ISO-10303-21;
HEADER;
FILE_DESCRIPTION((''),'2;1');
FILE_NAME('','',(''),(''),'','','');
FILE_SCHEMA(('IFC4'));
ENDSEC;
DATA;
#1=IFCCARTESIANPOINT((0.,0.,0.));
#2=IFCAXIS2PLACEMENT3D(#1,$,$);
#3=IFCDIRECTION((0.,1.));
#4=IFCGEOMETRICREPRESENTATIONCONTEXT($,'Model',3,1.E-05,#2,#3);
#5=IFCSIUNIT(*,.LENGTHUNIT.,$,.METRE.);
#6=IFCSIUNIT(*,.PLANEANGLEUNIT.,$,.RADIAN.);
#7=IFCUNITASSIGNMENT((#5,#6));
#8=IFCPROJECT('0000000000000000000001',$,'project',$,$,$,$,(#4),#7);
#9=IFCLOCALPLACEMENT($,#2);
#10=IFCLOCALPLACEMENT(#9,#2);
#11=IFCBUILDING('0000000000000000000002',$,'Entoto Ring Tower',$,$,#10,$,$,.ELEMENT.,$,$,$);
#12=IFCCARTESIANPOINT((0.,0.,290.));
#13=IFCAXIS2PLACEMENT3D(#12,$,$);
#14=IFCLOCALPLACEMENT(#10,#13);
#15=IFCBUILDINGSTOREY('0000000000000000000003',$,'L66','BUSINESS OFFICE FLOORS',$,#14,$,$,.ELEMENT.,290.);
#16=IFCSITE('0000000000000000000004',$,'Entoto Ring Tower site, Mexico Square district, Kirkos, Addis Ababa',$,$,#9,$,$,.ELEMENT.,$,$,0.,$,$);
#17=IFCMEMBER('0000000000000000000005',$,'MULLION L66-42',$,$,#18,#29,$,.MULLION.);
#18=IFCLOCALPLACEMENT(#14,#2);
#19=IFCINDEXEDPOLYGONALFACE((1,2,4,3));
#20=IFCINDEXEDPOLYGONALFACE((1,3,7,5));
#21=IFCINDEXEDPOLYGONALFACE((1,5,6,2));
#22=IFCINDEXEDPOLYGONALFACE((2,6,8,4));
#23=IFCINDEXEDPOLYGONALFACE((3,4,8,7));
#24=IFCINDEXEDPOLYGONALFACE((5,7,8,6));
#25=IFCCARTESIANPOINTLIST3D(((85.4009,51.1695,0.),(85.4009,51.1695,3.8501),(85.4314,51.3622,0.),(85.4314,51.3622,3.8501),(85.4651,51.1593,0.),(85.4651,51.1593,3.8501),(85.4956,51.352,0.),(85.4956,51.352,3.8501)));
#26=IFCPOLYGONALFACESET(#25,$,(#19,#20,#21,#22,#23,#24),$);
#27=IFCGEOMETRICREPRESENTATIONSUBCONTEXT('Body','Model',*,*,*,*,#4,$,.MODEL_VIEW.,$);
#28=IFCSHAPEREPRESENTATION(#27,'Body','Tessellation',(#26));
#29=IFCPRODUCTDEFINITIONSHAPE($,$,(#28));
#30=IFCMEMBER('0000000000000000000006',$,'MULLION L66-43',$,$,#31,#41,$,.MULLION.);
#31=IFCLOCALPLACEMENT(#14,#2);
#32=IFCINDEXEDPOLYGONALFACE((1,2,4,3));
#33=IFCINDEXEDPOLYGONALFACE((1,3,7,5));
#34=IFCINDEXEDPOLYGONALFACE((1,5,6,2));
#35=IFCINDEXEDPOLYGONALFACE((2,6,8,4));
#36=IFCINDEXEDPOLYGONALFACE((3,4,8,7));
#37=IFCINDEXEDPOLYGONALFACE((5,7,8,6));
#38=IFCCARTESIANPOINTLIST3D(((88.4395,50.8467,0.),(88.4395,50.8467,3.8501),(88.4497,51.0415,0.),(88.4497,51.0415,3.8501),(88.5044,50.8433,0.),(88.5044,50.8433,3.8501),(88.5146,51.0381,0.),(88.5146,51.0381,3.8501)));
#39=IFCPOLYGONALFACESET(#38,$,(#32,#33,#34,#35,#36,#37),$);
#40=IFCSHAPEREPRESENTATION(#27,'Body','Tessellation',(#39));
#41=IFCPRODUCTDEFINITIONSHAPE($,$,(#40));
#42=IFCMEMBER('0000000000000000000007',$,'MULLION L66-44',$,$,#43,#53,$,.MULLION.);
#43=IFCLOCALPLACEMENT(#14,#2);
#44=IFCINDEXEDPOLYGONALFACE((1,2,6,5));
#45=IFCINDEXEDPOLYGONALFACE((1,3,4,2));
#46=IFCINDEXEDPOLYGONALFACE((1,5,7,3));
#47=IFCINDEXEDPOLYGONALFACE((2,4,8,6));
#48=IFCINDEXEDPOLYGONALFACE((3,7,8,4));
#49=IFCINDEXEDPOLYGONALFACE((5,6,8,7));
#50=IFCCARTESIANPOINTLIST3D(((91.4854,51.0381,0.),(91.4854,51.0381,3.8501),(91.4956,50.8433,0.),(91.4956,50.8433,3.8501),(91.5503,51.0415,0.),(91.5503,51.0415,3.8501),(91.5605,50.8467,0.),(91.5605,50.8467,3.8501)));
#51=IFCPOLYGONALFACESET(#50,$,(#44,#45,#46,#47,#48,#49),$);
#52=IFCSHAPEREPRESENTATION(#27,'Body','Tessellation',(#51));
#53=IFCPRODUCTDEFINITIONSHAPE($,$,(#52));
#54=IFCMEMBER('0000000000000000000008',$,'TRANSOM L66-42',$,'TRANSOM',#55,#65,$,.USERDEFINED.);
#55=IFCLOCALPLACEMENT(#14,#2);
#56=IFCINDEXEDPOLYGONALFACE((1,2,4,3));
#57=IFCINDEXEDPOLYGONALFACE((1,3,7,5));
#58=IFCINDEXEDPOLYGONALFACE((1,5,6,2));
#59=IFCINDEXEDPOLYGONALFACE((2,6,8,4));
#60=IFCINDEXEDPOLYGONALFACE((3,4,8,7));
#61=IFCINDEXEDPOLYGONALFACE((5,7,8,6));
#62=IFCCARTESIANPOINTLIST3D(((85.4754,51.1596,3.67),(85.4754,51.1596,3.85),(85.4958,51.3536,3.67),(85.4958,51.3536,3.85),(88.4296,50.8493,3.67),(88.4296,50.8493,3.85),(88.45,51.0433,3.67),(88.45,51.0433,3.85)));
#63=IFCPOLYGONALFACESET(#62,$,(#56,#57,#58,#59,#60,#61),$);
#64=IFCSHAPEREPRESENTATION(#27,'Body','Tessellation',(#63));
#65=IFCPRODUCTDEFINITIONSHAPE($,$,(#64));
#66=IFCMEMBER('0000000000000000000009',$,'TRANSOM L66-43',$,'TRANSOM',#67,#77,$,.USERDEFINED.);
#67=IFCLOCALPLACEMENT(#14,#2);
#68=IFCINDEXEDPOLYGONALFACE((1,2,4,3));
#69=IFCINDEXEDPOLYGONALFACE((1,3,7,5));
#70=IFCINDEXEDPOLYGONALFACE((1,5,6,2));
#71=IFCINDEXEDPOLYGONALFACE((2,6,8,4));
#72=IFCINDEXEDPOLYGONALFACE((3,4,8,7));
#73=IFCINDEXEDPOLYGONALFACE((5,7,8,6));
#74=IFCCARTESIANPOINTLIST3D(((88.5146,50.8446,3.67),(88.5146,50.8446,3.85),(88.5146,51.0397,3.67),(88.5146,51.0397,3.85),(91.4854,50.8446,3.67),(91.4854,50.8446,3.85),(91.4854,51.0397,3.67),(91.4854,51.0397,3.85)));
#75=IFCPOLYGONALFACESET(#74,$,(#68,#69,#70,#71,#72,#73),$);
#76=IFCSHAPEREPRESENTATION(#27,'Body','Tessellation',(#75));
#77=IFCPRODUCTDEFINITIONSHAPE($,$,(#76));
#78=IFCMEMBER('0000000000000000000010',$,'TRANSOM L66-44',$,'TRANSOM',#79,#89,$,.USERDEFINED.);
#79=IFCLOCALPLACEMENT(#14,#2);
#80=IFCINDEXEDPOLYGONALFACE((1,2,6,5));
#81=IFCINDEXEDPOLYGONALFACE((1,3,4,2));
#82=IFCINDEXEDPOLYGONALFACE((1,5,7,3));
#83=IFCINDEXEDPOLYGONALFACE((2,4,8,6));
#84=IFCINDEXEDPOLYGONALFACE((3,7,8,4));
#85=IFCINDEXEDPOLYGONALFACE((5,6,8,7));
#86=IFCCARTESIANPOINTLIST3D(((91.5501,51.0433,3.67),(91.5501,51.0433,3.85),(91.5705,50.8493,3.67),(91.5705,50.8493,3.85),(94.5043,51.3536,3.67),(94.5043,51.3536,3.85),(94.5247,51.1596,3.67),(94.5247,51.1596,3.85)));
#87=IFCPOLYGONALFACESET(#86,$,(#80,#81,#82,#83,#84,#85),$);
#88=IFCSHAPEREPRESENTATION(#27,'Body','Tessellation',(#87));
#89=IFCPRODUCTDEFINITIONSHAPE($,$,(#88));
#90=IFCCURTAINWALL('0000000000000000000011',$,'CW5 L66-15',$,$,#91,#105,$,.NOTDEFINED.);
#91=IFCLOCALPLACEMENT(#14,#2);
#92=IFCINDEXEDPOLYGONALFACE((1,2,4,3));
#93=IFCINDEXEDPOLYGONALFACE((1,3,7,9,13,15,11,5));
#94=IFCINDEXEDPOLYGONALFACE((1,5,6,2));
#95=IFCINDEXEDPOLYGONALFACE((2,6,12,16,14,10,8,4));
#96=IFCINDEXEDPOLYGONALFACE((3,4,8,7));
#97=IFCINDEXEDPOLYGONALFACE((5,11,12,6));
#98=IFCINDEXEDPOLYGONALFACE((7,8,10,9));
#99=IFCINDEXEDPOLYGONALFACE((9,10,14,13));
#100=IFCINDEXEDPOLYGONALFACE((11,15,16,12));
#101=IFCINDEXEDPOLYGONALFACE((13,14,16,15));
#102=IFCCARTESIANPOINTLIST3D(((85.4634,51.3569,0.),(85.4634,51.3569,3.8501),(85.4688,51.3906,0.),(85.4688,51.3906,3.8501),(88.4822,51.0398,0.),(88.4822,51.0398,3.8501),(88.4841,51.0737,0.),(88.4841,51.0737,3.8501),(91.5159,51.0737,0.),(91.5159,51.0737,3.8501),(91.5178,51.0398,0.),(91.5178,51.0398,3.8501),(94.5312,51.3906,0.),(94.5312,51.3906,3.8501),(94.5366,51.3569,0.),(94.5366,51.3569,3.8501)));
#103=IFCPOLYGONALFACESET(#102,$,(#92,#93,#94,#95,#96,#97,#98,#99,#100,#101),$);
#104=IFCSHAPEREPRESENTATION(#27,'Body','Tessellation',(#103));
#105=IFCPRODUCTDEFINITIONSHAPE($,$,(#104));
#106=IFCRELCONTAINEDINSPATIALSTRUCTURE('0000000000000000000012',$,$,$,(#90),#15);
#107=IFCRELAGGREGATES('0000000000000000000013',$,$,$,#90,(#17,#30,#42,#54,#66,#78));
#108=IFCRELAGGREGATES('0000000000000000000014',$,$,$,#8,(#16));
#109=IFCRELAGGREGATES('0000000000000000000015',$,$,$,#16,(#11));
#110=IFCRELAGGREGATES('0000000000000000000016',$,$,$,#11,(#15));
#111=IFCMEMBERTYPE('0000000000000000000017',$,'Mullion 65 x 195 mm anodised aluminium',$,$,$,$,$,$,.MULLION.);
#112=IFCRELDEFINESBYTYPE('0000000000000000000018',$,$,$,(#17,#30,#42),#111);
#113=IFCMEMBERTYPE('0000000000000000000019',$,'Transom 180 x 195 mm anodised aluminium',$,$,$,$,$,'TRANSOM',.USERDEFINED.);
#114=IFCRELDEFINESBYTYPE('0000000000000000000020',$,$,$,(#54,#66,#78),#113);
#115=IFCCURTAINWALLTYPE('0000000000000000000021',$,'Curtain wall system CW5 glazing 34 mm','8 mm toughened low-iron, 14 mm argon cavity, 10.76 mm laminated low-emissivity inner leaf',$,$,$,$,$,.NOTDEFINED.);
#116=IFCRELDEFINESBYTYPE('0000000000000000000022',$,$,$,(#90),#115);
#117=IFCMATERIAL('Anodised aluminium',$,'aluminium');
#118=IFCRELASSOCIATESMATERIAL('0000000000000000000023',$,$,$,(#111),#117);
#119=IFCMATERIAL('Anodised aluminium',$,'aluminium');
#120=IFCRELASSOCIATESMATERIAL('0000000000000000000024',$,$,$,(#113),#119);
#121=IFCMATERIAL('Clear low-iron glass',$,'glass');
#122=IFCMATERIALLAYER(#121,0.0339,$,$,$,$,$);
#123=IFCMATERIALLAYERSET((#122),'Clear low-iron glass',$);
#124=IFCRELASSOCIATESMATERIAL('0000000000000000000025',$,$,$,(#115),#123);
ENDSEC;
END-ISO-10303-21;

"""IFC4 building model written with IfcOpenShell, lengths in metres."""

from ifc_helpers import new_model, si_unit, direction, frame, origin, origin_2d, place, context, subcontext, project, spatial, polyline, rectangle, outline, extrude, material, layer, layer_set, material_profile, profile_set, type_object, element, aggregate, save


model = new_model("IFC4")

# Units and contexts
model_context = context("Model", 3, precision=1e-05, world=origin(), true_north=direction((0.0, 1.0)))
body_context = subcontext(model_context, "Body", "Model", "MODEL_VIEW")
ifc_project = project(units=[si_unit("LENGTHUNIT", "METRE"), si_unit("PLANEANGLEUNIT", "RADIAN")], contexts=[model_context])

# Members
ifc_material_1 = material(Name="Anodised aluminium", Category="aluminium")
ifc_material_profile_1 = material_profile(ifc_material_1, rectangle(XDim=0.0649, YDim=0.1951, at=origin_2d()), Name="Mullion 65 x 195 mm anodised aluminium")
ifc_profile_set_1 = profile_set([ifc_material_profile_1], Name="Anodised aluminium")
member_type_1 = type_object("IfcMemberType", Name="Mullion 65 x 195 mm anodised aluminium", PredefinedType="MULLION", material=ifc_profile_set_1)
site_placement = place(None, origin())
building_placement = place(site_placement, origin())
storey_placement = place(building_placement, frame((0.0, 0.0, 290.0)))
member_1_placement = place(storey_placement, frame((85.4482, 51.2607, 0.0), z_axis=(0.0, 0.0, 1.0), x_axis=(0.987688, -0.156434, 0.0)))
member_1 = element("IfcMember", 1, at=member_1_placement, type_object=member_type_1, Name="MULLION L66-42", PredefinedType="MULLION", context=body_context, shape_type="SweptSolid", body=[
    extrude(rectangle(XDim=0.0649, YDim=0.1951, at=origin_2d()), origin(), (0.0, 0.0, 1.0), 3.8501),
])
member_2_placement = place(storey_placement, frame((88.4771, 50.9424, 0.0), z_axis=(0.0, 0.0, 1.0), x_axis=(0.99863, -0.052336, 0.0)))
member_2 = element("IfcMember", 2, at=member_2_placement, type_object=member_type_1, Name="MULLION L66-43", PredefinedType="MULLION", context=body_context, shape_type="SweptSolid", body=[
    extrude(rectangle(XDim=0.0649, YDim=0.1951, at=origin_2d()), origin(), (0.0, 0.0, 1.0), 3.8501),
])
member_3_placement = place(storey_placement, frame((91.5229, 50.9424, 0.0), z_axis=(0.0, 0.0, 1.0), x_axis=(0.99863, 0.052336, 0.0)))
member_3 = element("IfcMember", 3, at=member_3_placement, type_object=member_type_1, Name="MULLION L66-44", PredefinedType="MULLION", context=body_context, shape_type="SweptSolid", body=[
    extrude(rectangle(XDim=0.0649, YDim=0.1951, at=origin_2d()), origin(), (0.0, 0.0, 1.0), 3.8501),
])
ifc_material_2 = material(Name="Anodised aluminium", Category="aluminium")
ifc_material_profile_2 = material_profile(ifc_material_2, rectangle(XDim=0.1951, YDim=0.1799, at=origin_2d()), Name="Transom 180 x 195 mm anodised aluminium")
ifc_profile_set_2 = profile_set([ifc_material_profile_2], Name="Anodised aluminium")
member_type_2 = type_object("IfcMemberType", Name="Transom 180 x 195 mm anodised aluminium", ElementType="TRANSOM", PredefinedType="USERDEFINED", material=ifc_profile_set_2)
member_4_placement = place(storey_placement, frame((85.4856, 51.2566, 3.76), z_axis=(0.994528, -0.104467, 0.0), x_axis=(0.104467, 0.994528, 0.0)))
member_4 = element("IfcMember", 4, at=member_4_placement, type_object=member_type_2, Name="TRANSOM L66-42", ObjectType="TRANSOM", PredefinedType="USERDEFINED", context=body_context, shape_type="SweptSolid", body=[
    extrude(rectangle(XDim=0.1951, YDim=0.1799, at=origin_2d()), origin(), (0.0, 0.0, 1.0), 2.9705),
])
member_5_placement = place(storey_placement, frame((88.5146, 50.9421, 3.76), z_axis=(1.0, 0.0, 0.0), x_axis=(0.0, 1.0, 0.0)))
member_5 = element("IfcMember", 5, at=member_5_placement, type_object=member_type_2, Name="TRANSOM L66-43", ObjectType="TRANSOM", PredefinedType="USERDEFINED", context=body_context, shape_type="SweptSolid", body=[
    extrude(rectangle(XDim=0.1951, YDim=0.1799, at=origin_2d()), origin(), (0.0, 0.0, 1.0), 2.9707),
])
member_6_placement = place(storey_placement, frame((91.5603, 50.9463, 3.76), z_axis=(0.994528, 0.104467, 0.0), x_axis=(-0.104467, 0.994528, 0.0)))
member_6 = element("IfcMember", 6, at=member_6_placement, type_object=member_type_2, Name="TRANSOM L66-44", ObjectType="TRANSOM", PredefinedType="USERDEFINED", context=body_context, shape_type="SweptSolid", body=[
    extrude(rectangle(XDim=0.1951, YDim=0.1799, at=origin_2d()), origin(), (0.0, 0.0, 1.0), 2.9705),
])

# Site, building, storey
site = spatial("IfcSite", under=ifc_project, at=site_placement, Name="Entoto Ring Tower site, Mexico Square district, Kirkos, Addis Ababa", CompositionType="ELEMENT", RefElevation=0.0)
building = spatial("IfcBuilding", under=site, at=building_placement, Name="Entoto Ring Tower", CompositionType="ELEMENT")
storey = spatial("IfcBuildingStorey", under=building, at=storey_placement, Name="L66", Description="BUSINESS OFFICE FLOORS", CompositionType="ELEMENT", Elevation=290.0)

# Curtain wall
ifc_material_3 = material(Name="Clear low-iron glass", Category="glass")
ifc_layer = layer(ifc_material_3, 0.0339)
ifc_layer_set = layer_set([ifc_layer], Name="Clear low-iron glass")
curtain_wall_type = type_object("IfcCurtainWallType", Name="Curtain wall system CW5 glazing 34 mm", Description="8 mm toughened low-iron, 14 mm argon cavity, 10.76 mm laminated low-emissivity inner leaf", PredefinedType="NOTDEFINED", material=ifc_layer_set)
curtain_wall_1_placement = place(storey_placement, origin())
curtain_wall_1 = element("IfcCurtainWall", 7, at=curtain_wall_1_placement, inside=storey, type_object=curtain_wall_type, Name="CW5 L66-15", PredefinedType="NOTDEFINED", context=body_context, shape_type="SweptSolid", body=[
    extrude(outline(polyline([(85.4634, 51.3569), (88.4822, 51.0398), (91.5178, 51.0398), (94.5366, 51.3569), (94.5312, 51.3906), (91.5159, 51.0737), (88.4841, 51.0737), (85.4688, 51.3906), (85.4634, 51.3569)])), origin(), (0.0, 0.0, 1.0), 3.8501),
])
aggregate(curtain_wall_1, [member_1, member_2, member_3, member_4, member_5, member_6])

save(model, "model.ifc")
